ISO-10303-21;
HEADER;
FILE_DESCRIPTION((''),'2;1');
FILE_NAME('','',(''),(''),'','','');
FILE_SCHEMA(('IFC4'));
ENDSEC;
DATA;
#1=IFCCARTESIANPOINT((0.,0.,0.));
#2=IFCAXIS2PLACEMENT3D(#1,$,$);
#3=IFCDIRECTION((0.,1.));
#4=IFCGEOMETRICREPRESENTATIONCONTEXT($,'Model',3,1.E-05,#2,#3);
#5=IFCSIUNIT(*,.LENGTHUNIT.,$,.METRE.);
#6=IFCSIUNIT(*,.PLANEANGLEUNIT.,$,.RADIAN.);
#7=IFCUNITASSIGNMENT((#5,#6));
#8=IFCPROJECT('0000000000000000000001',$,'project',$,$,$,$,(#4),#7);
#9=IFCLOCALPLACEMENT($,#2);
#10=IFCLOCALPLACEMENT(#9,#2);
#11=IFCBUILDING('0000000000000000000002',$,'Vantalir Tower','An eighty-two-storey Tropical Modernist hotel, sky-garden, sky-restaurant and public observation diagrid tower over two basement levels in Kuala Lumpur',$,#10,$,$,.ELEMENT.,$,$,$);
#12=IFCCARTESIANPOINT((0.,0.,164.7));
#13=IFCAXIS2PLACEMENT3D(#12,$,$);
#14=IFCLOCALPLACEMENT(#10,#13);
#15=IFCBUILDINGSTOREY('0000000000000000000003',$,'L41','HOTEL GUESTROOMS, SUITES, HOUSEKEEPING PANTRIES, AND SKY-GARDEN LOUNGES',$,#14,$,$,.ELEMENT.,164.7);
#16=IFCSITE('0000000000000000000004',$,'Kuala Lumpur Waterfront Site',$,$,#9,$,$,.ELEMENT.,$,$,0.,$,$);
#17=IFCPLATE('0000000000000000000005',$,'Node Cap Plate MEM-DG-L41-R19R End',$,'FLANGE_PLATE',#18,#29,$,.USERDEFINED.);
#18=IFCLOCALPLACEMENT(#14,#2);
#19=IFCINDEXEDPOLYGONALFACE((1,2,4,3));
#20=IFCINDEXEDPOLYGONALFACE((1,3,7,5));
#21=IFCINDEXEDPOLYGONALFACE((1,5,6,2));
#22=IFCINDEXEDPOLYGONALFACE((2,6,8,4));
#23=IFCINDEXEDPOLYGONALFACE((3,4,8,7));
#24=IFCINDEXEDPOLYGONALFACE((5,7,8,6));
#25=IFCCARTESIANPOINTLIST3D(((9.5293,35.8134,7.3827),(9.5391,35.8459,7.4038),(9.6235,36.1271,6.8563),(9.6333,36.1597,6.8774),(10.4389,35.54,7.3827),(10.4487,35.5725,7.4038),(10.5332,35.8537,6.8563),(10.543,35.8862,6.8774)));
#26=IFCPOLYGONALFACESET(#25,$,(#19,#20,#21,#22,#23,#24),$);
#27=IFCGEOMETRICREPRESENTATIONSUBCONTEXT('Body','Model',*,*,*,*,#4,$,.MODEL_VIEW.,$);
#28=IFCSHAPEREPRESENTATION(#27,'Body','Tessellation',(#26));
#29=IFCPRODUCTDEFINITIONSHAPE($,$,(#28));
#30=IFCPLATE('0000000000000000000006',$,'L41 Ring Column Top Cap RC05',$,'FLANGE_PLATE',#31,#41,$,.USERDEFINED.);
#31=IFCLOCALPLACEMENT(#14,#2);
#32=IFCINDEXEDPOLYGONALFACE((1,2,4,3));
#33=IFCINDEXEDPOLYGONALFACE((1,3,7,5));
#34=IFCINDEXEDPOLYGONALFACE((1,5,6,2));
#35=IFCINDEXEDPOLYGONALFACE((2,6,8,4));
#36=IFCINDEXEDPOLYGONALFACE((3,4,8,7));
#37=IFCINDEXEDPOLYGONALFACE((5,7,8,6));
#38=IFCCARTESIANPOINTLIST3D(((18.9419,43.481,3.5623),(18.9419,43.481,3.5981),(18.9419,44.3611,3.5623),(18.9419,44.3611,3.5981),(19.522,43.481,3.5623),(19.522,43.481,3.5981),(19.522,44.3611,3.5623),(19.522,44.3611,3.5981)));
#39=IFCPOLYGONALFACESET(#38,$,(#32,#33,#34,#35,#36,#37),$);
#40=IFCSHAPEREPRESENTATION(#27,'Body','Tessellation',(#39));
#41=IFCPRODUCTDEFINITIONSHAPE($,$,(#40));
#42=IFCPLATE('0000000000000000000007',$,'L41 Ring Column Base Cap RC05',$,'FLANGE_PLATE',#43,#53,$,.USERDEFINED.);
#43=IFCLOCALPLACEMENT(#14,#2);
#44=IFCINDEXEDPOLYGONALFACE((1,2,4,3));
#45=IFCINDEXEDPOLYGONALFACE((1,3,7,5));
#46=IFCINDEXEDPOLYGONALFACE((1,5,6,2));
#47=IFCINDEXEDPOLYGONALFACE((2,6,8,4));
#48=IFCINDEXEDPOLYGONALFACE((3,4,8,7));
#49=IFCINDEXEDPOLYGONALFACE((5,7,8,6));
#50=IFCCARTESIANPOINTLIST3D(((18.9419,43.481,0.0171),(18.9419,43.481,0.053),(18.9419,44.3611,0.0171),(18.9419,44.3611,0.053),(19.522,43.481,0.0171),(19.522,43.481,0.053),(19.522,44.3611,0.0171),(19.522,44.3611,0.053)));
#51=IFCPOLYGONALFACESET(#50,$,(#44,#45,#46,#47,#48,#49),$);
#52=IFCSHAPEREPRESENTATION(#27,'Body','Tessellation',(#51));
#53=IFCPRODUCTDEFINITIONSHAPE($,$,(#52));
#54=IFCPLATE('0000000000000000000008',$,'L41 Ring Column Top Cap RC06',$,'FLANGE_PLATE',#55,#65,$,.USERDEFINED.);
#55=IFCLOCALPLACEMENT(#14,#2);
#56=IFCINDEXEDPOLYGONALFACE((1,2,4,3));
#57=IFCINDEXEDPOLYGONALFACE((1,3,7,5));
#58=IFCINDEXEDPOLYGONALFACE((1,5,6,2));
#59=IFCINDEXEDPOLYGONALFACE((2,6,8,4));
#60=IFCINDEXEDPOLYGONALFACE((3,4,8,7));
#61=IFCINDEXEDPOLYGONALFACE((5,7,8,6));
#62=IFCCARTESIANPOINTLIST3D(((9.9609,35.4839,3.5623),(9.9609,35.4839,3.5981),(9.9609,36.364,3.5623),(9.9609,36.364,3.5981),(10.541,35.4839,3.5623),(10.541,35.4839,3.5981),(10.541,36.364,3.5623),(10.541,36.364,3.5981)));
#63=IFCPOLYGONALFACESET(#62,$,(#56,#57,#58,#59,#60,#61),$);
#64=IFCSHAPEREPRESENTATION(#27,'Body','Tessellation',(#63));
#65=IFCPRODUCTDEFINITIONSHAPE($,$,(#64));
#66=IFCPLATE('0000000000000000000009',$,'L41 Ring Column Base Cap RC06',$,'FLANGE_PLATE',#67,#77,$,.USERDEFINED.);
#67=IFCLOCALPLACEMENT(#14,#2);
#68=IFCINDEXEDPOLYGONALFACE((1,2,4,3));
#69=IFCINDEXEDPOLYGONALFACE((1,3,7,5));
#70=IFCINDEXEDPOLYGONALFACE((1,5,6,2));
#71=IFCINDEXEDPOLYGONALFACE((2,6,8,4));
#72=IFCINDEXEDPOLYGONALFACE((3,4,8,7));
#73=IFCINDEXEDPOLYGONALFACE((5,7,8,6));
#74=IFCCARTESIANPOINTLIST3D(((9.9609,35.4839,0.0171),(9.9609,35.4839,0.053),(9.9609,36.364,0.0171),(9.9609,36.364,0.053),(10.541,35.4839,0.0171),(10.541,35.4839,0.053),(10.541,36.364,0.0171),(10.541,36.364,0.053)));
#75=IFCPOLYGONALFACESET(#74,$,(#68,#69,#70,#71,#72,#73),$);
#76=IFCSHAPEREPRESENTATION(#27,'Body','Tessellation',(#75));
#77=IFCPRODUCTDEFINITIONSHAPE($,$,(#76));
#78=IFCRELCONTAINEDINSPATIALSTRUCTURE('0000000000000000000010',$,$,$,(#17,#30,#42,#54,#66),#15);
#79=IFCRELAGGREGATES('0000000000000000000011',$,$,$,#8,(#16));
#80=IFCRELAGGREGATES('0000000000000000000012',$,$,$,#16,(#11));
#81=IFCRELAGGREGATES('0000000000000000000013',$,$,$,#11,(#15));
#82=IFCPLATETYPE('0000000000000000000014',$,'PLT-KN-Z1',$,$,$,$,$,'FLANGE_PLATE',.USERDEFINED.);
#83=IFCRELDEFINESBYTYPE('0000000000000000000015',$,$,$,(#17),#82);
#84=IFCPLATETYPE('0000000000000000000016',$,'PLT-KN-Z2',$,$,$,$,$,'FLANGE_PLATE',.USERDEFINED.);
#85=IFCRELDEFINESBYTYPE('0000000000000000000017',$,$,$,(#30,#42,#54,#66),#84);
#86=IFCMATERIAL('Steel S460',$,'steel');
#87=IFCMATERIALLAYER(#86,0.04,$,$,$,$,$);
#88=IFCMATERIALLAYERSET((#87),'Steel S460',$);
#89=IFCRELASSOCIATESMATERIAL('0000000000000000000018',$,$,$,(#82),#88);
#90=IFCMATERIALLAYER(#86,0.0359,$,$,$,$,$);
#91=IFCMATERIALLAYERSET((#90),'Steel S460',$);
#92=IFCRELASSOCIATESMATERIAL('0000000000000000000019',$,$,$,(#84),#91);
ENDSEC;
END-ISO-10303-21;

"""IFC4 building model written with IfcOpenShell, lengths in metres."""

from ifc_helpers import new_model, si_unit, direction, frame, origin, place, context, subcontext, project, spatial, polyline, outline, extrude, material, layer, layer_set, type_object, element, save


model = new_model("IFC4")

# Units and contexts
model_context = context("Model", 3, precision=1e-05, world=origin(), true_north=direction((0.0, 1.0)))
body_context = subcontext(model_context, "Body", "Model", "MODEL_VIEW")
ifc_project = project(units=[si_unit("LENGTHUNIT", "METRE"), si_unit("PLANEANGLEUNIT", "RADIAN")], contexts=[model_context])

# Site, building, storey
site_placement = place(None, origin())
site = spatial("IfcSite", under=ifc_project, at=site_placement, Name="Kuala Lumpur Waterfront Site", CompositionType="ELEMENT", RefElevation=0.0)
building_placement = place(site_placement, origin())
building = spatial("IfcBuilding", under=site, at=building_placement, Name="Vantalir Tower", Description="An eighty-two-storey Tropical Modernist hotel, sky-garden, sky-restaurant and public observation diagrid tower over two basement levels in Kuala Lumpur", CompositionType="ELEMENT")
storey_placement = place(building_placement, frame((0.0, 0.0, 164.7)))
storey = spatial("IfcBuildingStorey", under=building, at=storey_placement, Name="L41", Description="HOTEL GUESTROOMS, SUITES, HOUSEKEEPING PANTRIES, AND SKY-GARDEN LOUNGES", CompositionType="ELEMENT", Elevation=164.7)

# Shared definitions
ifc_material_1 = material(Name="Steel S460", Category="steel")

# Plates
ifc_layer_1 = layer(ifc_material_1, 0.04)
ifc_layer_set_1 = layer_set([ifc_layer_1], Name="Steel S460")
plate_type_1 = type_object("IfcPlateType", Name="PLT-KN-Z1", ElementType="FLANGE_PLATE", PredefinedType="USERDEFINED", material=ifc_layer_set_1)
plate_1_placement = place(storey_placement, frame((10.543, 35.8862, 6.8774), z_axis=(0.244404, 0.813081, 0.528362), x_axis=(-0.957671, 0.287867, 0.0)))
element("IfcPlate", 1, at=plate_1_placement, inside=storey, type_object=plate_type_1, Name="Node Cap Plate MEM-DG-L41-R19R End", ObjectType="FLANGE_PLATE", PredefinedType="USERDEFINED", context=body_context, shape_type="SweptSolid", body=[
    extrude(outline(polyline([(0.0, 0.0), (0.9499, 0.0), (0.9498, 0.62), (-0.0001, 0.62), (0.0, 0.0)])), origin(), (0.0, 0.0, -1.0), 0.04),
])
ifc_layer_2 = layer(ifc_material_1, 0.0359)
ifc_layer_set_2 = layer_set([ifc_layer_2], Name="Steel S460")
plate_type_2 = type_object("IfcPlateType", Name="PLT-KN-Z2", ElementType="FLANGE_PLATE", PredefinedType="USERDEFINED", material=ifc_layer_set_2)
for number, where, z_axis, x_axis, name in (
    (2, (18.9419, 44.3611, 3.5981), (0.0, 0.0, 1.0), (0.0, -1.0, 0.0), "L41 Ring Column Top Cap RC05"),
    (3, (18.9419, 44.3611, 0.053), (0.0, 0.0, 1.0), (0.0, -1.0, 0.0), "L41 Ring Column Base Cap RC05"),
    (4, (9.9609, 36.364, 3.5981), (0.0, 0.0, 1.0), (0.0, -1.0, 0.0), "L41 Ring Column Top Cap RC06"),
    (5, (9.9609, 36.364, 0.053), (0.0, 0.0, 1.0), (0.0, -1.0, 0.0), "L41 Ring Column Base Cap RC06"),
):
    element("IfcPlate", number, at=place(storey_placement, frame(where, z_axis=z_axis, x_axis=x_axis)), inside=storey, type_object=plate_type_2, Name=name, ObjectType="FLANGE_PLATE", PredefinedType="USERDEFINED", context=body_context, shape_type="SweptSolid", body=[
        extrude(outline(polyline([(0.0, 0.0), (0.8801, 0.0), (0.8801, 0.5801), (0.0, 0.5801), (0.0, 0.0)])), origin(), (0.0, 0.0, -1.0), 0.0359),
    ])

save(model, "model.ifc")
